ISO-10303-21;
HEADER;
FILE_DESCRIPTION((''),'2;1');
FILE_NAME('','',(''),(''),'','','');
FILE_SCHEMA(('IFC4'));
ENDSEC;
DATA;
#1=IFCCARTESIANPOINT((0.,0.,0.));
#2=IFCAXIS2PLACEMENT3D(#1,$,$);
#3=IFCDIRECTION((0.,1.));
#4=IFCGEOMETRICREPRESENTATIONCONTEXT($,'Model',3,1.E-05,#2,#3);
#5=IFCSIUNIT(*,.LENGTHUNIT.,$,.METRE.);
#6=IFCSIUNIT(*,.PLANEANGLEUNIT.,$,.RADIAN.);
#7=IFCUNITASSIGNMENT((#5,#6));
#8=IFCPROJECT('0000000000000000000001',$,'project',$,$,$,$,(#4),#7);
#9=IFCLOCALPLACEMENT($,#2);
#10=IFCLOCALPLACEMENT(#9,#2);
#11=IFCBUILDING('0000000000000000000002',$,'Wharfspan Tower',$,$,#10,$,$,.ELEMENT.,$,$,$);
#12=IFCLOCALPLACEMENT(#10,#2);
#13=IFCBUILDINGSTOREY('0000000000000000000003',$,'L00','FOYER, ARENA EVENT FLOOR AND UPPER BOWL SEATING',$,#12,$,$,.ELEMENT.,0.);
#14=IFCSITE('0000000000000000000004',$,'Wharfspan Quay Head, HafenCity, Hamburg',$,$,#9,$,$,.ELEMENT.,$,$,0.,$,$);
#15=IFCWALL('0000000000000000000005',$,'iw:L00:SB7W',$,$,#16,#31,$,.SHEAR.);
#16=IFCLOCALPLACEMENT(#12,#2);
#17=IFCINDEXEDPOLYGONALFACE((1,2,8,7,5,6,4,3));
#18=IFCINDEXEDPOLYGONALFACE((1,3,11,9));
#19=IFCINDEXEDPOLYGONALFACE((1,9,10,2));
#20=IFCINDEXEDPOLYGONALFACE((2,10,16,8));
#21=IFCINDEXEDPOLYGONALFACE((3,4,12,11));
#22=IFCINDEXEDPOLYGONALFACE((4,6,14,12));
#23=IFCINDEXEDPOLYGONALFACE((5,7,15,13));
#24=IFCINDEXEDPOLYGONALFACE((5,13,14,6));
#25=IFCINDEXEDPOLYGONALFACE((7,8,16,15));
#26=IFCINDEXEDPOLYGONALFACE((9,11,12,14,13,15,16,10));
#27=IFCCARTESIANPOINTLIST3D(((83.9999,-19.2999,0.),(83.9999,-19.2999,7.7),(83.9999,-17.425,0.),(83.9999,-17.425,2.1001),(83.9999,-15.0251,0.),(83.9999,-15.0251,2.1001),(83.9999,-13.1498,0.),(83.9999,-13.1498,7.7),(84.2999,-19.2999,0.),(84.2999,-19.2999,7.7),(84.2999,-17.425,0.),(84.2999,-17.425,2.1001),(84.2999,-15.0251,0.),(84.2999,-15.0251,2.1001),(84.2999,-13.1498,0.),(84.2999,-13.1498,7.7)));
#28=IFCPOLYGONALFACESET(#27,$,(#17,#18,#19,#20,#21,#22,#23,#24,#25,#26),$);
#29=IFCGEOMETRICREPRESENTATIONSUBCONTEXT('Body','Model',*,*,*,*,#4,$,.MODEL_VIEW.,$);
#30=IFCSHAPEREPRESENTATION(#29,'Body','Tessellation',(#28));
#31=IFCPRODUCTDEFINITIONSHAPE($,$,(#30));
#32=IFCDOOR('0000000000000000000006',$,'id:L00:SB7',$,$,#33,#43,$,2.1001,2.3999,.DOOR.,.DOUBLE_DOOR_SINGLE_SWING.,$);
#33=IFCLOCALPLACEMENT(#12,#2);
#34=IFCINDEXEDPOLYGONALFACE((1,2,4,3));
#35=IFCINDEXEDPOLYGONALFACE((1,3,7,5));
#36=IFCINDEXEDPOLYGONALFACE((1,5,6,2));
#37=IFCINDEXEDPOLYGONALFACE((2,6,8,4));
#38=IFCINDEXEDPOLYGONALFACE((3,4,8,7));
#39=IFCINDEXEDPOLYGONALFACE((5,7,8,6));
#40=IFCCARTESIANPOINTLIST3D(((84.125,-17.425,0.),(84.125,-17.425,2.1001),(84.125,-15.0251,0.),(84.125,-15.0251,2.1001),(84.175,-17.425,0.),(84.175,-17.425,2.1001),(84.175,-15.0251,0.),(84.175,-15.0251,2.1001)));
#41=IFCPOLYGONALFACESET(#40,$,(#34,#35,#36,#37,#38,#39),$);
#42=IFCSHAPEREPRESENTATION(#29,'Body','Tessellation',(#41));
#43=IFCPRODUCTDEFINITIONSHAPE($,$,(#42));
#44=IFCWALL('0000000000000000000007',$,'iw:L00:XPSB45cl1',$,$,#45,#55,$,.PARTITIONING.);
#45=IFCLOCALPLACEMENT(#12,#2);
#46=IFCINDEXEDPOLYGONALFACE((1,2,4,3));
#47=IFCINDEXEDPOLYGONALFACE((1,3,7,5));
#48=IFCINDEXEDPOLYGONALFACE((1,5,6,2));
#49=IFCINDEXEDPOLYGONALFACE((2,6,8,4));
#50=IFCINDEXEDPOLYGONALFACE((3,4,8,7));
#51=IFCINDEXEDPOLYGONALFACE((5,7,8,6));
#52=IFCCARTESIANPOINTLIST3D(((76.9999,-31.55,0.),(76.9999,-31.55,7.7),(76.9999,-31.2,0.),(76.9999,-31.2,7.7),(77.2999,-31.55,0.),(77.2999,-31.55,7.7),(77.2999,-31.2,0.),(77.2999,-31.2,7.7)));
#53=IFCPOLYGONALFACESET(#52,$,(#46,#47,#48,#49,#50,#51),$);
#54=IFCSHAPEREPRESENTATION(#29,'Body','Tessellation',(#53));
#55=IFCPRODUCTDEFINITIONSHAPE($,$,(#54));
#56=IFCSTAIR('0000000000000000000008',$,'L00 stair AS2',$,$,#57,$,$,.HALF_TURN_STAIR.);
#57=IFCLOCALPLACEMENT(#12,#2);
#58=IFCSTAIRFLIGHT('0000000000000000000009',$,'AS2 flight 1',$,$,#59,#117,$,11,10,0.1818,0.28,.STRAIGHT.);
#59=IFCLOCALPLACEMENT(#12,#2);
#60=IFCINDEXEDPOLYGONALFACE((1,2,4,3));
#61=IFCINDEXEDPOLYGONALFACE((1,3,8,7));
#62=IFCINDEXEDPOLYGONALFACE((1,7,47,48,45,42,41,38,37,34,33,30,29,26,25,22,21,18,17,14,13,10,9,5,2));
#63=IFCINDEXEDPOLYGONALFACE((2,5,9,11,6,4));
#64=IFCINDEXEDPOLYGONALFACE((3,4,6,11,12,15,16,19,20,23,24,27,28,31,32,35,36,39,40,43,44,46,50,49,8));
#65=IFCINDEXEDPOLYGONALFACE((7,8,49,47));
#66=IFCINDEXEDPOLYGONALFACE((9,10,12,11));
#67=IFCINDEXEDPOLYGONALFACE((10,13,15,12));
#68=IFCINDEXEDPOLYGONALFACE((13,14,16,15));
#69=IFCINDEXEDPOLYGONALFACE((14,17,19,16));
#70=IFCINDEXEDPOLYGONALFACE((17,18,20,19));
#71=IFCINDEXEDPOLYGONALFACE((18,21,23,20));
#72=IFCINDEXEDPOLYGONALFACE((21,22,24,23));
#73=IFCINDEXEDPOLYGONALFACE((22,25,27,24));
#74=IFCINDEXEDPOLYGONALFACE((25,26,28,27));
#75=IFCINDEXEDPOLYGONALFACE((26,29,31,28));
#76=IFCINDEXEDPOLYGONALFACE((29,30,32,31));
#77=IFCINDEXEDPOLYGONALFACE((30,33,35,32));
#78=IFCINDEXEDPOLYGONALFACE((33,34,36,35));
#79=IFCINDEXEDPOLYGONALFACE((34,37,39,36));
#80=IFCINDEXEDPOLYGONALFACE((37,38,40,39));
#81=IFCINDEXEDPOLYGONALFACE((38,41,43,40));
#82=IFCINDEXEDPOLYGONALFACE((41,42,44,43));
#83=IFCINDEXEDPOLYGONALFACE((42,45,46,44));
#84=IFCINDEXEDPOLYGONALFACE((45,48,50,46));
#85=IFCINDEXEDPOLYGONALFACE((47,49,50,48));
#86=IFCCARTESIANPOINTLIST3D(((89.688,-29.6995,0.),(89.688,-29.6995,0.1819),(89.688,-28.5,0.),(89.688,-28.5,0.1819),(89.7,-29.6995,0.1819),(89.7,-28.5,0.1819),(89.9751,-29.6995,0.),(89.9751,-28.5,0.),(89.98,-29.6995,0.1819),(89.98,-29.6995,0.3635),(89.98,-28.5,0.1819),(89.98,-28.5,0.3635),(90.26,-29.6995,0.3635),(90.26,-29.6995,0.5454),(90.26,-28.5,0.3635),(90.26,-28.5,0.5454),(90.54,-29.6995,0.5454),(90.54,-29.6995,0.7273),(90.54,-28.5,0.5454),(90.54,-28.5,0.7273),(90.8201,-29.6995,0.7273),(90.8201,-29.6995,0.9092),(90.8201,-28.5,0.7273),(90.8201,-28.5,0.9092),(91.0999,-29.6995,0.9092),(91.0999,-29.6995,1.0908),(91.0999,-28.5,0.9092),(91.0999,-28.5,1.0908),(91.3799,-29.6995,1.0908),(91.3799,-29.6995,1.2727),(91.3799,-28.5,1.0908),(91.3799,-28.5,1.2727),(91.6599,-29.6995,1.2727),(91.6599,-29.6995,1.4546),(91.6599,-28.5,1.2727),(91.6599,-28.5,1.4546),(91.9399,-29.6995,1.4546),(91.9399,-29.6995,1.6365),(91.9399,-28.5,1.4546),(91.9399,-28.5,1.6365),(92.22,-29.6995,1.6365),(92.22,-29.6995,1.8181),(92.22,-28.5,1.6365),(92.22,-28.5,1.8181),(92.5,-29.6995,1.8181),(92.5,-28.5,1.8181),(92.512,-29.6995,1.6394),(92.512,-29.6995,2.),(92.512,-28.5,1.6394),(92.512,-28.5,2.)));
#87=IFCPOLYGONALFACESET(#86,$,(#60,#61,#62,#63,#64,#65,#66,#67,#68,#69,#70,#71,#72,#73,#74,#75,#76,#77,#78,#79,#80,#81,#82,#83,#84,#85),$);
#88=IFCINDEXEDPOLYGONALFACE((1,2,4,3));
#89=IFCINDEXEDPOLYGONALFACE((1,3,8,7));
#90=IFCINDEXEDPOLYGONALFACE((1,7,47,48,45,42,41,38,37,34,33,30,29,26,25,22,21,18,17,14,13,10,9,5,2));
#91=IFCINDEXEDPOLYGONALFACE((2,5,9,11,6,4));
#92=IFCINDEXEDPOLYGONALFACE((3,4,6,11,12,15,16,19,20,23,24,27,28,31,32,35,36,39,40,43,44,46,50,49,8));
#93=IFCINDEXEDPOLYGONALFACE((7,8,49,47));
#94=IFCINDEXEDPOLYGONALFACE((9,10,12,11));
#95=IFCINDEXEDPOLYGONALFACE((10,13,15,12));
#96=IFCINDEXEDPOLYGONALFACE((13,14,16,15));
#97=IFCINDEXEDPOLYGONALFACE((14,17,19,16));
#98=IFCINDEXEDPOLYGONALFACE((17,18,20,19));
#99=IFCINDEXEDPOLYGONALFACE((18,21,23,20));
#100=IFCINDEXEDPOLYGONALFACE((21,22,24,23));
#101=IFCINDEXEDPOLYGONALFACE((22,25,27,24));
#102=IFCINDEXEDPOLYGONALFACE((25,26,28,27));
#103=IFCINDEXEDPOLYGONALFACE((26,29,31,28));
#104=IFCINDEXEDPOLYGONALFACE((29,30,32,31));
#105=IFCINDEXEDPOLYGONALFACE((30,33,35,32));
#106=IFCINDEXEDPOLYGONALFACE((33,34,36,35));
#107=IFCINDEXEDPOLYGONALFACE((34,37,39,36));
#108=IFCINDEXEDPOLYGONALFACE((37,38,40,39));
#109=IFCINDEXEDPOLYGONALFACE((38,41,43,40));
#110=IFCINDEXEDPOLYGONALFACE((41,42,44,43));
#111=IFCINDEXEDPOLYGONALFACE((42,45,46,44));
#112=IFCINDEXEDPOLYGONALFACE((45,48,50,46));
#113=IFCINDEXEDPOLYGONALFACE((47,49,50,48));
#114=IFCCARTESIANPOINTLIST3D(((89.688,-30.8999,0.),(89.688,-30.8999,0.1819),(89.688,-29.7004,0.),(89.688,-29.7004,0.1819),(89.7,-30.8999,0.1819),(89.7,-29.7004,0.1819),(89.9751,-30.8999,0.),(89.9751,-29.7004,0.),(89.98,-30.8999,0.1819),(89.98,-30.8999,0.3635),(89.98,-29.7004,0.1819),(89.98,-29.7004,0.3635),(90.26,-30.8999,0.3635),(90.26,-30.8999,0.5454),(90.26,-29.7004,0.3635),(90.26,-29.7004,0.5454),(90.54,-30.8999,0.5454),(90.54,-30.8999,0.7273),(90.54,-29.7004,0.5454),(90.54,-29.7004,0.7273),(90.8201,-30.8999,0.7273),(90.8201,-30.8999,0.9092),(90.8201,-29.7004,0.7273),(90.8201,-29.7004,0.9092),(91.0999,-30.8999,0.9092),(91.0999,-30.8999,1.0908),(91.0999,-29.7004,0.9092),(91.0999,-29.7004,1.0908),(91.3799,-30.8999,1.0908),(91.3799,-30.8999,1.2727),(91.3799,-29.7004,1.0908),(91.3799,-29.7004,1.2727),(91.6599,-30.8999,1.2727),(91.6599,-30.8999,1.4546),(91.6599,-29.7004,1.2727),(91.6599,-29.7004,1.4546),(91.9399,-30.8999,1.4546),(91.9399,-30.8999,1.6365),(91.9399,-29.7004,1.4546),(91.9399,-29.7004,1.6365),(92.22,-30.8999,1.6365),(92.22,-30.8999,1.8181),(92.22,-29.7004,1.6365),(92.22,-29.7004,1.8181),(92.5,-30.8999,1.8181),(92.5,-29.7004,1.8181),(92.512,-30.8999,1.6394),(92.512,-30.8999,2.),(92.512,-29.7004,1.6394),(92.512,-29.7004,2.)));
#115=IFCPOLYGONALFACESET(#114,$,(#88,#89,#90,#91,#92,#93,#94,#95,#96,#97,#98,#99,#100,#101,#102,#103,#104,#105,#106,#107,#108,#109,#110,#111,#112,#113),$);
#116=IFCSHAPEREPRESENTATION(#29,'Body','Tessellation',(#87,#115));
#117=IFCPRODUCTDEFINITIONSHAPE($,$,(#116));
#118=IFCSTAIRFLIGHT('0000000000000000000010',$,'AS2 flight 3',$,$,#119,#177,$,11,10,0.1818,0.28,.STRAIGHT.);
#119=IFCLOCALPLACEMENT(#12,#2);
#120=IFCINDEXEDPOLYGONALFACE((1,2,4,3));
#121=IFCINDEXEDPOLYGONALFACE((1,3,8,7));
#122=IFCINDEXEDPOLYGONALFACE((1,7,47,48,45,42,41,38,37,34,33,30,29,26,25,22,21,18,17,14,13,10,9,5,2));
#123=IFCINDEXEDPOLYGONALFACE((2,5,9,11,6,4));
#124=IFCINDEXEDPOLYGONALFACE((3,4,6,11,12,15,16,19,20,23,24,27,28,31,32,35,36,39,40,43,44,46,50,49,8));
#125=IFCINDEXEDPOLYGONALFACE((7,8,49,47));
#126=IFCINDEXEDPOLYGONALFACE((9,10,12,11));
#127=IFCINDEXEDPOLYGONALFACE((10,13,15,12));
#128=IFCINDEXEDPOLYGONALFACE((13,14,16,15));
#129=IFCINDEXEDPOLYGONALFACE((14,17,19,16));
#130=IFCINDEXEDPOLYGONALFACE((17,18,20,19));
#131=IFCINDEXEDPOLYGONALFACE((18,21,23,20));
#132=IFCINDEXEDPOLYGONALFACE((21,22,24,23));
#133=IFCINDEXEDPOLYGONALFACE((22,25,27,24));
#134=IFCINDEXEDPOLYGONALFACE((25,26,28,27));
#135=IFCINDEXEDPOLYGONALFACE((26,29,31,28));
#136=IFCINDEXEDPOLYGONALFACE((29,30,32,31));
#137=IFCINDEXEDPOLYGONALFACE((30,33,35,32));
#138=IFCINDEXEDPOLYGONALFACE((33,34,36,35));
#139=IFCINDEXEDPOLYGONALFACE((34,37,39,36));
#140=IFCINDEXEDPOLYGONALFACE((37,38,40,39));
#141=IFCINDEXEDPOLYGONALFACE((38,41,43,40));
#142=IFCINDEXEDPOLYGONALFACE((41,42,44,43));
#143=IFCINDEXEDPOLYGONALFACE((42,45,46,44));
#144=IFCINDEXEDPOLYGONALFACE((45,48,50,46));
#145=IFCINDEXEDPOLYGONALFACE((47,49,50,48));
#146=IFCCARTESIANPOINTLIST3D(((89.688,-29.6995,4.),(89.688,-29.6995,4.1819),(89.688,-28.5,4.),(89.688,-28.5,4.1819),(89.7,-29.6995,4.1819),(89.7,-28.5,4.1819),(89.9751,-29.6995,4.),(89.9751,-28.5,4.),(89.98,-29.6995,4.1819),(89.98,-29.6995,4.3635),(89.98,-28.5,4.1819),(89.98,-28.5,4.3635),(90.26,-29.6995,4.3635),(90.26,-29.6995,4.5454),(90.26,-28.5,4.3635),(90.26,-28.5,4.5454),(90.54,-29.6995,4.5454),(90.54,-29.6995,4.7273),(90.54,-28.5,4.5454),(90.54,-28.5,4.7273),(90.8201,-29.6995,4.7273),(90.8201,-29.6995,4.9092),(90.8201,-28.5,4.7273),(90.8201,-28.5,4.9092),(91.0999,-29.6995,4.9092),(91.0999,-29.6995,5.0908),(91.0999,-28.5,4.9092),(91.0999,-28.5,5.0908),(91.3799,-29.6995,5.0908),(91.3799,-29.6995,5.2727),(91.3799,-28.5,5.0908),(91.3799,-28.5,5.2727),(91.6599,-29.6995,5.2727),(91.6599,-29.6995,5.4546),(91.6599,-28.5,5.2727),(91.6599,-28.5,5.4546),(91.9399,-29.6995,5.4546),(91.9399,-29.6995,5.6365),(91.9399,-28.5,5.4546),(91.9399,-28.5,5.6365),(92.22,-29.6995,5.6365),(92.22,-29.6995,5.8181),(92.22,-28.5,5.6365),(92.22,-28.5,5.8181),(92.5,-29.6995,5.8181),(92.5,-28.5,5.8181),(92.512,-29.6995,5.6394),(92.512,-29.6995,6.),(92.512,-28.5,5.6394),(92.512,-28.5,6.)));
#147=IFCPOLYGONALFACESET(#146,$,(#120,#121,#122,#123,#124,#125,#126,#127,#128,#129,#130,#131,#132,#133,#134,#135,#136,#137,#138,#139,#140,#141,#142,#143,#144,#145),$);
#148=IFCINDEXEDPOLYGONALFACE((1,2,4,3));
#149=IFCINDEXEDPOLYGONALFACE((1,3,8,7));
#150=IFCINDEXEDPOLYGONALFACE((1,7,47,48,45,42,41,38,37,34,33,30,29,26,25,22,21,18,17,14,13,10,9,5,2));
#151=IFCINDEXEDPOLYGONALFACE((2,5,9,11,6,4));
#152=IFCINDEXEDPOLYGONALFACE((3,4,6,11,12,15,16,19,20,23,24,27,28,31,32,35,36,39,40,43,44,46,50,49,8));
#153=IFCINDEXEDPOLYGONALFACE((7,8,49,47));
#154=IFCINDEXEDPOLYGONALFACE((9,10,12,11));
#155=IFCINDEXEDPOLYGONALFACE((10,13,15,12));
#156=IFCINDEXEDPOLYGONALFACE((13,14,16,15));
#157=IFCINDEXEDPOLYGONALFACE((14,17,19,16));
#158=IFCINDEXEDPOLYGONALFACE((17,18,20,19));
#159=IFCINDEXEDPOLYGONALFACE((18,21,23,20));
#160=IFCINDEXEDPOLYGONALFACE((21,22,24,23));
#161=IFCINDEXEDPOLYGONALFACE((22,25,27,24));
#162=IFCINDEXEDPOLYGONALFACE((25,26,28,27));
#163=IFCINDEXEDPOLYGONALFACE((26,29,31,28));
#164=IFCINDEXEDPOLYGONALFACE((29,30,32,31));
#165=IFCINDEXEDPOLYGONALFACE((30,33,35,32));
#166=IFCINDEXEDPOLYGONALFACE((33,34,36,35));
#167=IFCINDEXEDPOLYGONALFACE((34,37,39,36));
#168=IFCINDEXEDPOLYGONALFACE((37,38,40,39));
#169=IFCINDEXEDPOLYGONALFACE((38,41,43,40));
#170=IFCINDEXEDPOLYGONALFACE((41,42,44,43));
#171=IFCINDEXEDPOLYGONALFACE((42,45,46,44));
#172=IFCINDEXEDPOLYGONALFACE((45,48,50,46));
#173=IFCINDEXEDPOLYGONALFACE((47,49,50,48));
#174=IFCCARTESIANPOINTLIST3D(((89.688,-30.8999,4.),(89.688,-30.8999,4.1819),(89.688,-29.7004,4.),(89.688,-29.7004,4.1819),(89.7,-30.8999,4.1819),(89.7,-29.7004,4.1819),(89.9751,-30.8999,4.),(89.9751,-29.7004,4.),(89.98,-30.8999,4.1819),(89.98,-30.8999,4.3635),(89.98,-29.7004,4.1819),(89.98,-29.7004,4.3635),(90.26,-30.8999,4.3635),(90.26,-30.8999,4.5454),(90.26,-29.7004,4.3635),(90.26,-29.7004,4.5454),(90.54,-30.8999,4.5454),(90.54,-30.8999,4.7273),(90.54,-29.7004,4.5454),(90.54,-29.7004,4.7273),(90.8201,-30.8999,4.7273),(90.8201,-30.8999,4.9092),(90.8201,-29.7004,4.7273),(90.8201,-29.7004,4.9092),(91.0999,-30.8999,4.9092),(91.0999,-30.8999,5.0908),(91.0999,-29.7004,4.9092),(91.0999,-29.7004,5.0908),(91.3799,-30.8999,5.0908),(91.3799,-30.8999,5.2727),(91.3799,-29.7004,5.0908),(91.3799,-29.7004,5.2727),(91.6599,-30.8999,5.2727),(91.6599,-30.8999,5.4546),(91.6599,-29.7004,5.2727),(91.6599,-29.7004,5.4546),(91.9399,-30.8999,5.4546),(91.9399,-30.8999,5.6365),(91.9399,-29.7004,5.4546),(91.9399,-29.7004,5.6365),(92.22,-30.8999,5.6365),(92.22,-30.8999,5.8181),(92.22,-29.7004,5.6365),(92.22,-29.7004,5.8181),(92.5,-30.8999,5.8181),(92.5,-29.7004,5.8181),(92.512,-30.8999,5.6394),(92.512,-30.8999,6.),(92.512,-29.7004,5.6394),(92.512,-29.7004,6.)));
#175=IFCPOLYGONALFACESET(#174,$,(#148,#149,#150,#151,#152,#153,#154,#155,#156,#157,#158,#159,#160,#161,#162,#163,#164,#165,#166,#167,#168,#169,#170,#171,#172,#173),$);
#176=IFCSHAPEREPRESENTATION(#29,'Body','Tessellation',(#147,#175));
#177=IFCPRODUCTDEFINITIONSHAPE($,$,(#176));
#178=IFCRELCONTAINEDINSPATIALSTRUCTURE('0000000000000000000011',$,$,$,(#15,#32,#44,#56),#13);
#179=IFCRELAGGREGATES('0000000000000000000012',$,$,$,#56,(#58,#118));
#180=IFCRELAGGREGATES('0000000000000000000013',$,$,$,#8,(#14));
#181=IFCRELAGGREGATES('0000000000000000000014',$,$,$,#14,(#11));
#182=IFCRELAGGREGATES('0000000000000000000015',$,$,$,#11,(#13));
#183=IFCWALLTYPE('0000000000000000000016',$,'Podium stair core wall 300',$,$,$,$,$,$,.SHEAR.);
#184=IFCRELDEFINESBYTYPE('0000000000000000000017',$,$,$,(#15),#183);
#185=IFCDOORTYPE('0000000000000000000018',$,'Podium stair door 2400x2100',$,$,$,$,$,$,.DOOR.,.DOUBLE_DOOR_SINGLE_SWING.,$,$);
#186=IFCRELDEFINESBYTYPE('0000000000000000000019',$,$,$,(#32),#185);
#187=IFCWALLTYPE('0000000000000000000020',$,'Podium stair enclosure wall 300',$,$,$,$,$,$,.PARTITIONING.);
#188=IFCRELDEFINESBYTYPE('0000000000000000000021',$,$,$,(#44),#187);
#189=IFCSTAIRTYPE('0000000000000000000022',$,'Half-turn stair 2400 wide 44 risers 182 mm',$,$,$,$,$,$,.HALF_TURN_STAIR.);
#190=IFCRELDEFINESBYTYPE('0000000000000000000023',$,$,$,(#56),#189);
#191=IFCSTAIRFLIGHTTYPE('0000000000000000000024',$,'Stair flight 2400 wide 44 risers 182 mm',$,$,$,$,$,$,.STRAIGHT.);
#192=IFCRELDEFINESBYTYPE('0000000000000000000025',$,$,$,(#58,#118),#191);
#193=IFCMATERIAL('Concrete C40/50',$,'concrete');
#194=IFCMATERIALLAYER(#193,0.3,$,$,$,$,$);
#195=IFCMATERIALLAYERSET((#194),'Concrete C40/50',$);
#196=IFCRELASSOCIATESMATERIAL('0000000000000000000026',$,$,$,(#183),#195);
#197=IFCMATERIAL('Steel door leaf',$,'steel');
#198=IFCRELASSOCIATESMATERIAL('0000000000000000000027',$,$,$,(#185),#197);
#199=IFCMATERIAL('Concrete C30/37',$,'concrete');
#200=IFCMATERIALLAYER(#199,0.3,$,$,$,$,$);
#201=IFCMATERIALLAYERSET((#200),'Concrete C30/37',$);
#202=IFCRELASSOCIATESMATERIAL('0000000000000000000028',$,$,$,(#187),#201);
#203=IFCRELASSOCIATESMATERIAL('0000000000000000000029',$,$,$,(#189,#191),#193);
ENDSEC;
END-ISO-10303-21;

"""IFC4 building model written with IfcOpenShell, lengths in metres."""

from ifc_helpers import new_model, si_unit, direction, frame, frame_2d, origin, place, context, subcontext, project, spatial, polyline, rectangle, outline, extrude, material, layer, layer_set, type_object, element, fill, aggregate, save


model = new_model("IFC4")

# Units and contexts
model_context = context("Model", 3, precision=1e-05, world=origin(), true_north=direction((0.0, 1.0)))
body_context = subcontext(model_context, "Body", "Model", "MODEL_VIEW")
ifc_project = project(units=[si_unit("LENGTHUNIT", "METRE"), si_unit("PLANEANGLEUNIT", "RADIAN")], contexts=[model_context])

# Site, building, storey
site_placement = place(None, origin())
site = spatial("IfcSite", under=ifc_project, at=site_placement, Name="Wharfspan Quay Head, HafenCity, Hamburg", CompositionType="ELEMENT", RefElevation=0.0)
building_placement = place(site_placement, origin())
building = spatial("IfcBuilding", under=site, at=building_placement, Name="Wharfspan Tower", CompositionType="ELEMENT")
storey_placement = place(building_placement, origin())
storey = spatial("IfcBuildingStorey", under=building, at=storey_placement, Name="L00", Description="FOYER, ARENA EVENT FLOOR AND UPPER BOWL SEATING", CompositionType="ELEMENT", Elevation=0.0)

# Shared definitions
ifc_material_1 = material(Name="Concrete C40/50", Category="concrete")
ifc_layer_1 = layer(ifc_material_1, 0.3)
ifc_layer_set_1 = layer_set([ifc_layer_1], Name="Concrete C40/50")
wall_type_1 = type_object("IfcWallType", Name="Podium stair core wall 300", PredefinedType="SHEAR", material=ifc_layer_set_1)

# Shared definitions
ifc_material_2 = material(Name="Steel door leaf", Category="steel")
door_type = type_object("IfcDoorType", Name="Podium stair door 2400x2100", OperationType="DOUBLE_DOOR_SINGLE_SWING", PredefinedType="DOOR", material=ifc_material_2)

# Wall, opening, door
wall_1_placement = place(storey_placement, frame((84.1499, -19.3, 0.0), z_axis=(0.0, 0.0, 1.0), x_axis=(0.0, 1.0, 0.0)))
wall_1 = element("IfcWall", 1, at=wall_1_placement, inside=storey, type_object=wall_type_1, Name="iw:L00:SB7W", PredefinedType="SHEAR", context=body_context, shape_type="SweptSolid", body=[
    extrude(rectangle(XDim=6.1501, YDim=0.3, at=frame_2d((3.0752, 0.0))), origin(), (0.0, 0.0, 1.0), 7.7),
])
opening_1_placement = place(wall_1_placement, frame((1.875, 0.0, 0.0)))
opening_1 = element("IfcOpeningElement", 2, at=opening_1_placement, cuts=wall_1, PredefinedType="OPENING", context=body_context, shape_type="SweptSolid", body=[
    extrude(rectangle(XDim=2.3999, YDim=2.1001, at=frame_2d((1.2, 1.05))), frame((0.0, 0.1599, 0.0), z_axis=(0.0, -1.0, 0.0), x_axis=(1.0, 0.0, 0.0)), (0.0, 0.0, 1.0), 0.3201),
])
door_1_placement = place(opening_1_placement, origin())
door_1 = element("IfcDoor", 3, at=door_1_placement, inside=storey, type_object=door_type, Name="id:L00:SB7", OperationType="DOUBLE_DOOR_SINGLE_SWING", OverallHeight=2.1001, OverallWidth=2.3999, PredefinedType="DOOR", context=body_context, shape_type="SweptSolid", body=[
    extrude(rectangle(XDim=2.3999, YDim=2.1001, at=frame_2d((1.2, 1.05))), frame((0.0, 0.0249, 0.0), z_axis=(0.0, -1.0, 0.0), x_axis=(1.0, 0.0, 0.0)), (0.0, 0.0, 1.0), 0.05),
])
fill(opening_1, door_1)

# Wall
ifc_material_3 = material(Name="Concrete C30/37", Category="concrete")
ifc_layer_2 = layer(ifc_material_3, 0.3)
ifc_layer_set_2 = layer_set([ifc_layer_2], Name="Concrete C30/37")
wall_type_2 = type_object("IfcWallType", Name="Podium stair enclosure wall 300", PredefinedType="PARTITIONING", material=ifc_layer_set_2)
wall_2_placement = place(storey_placement, frame((77.1499, -31.55, 0.0), z_axis=(0.0, 0.0, 1.0), x_axis=(0.0, 1.0, 0.0)))
element("IfcWall", 4, at=wall_2_placement, inside=storey, type_object=wall_type_2, Name="iw:L00:XPSB45cl1", PredefinedType="PARTITIONING", context=body_context, shape_type="SweptSolid", body=[
    extrude(rectangle(XDim=0.3501, YDim=0.3, at=frame_2d((0.175, 0.0))), origin(), (0.0, 0.0, 1.0), 7.7),
])

# Stair, stair flights
stair_type = type_object("IfcStairType", Name="Half-turn stair 2400 wide 44 risers 182 mm", PredefinedType="HALF_TURN_STAIR", material=ifc_material_1)
stair_placement = place(storey_placement, origin())
stair = element("IfcStair", 5, at=stair_placement, inside=storey, type_object=stair_type, Name="L00 stair AS2", PredefinedType="HALF_TURN_STAIR")
stair_flight_type = type_object("IfcStairFlightType", Name="Stair flight 2400 wide 44 risers 182 mm", PredefinedType="STRAIGHT", material=ifc_material_1)
stair_flight_1_placement = place(storey_placement, frame((89.7, -29.7, 0.0), z_axis=(0.0, 0.0, 1.0), x_axis=(1.0, 0.0, 0.0)))
stair_flight_1 = element("IfcStairFlight", 6, at=stair_flight_1_placement, type_object=stair_flight_type, Name="AS2 flight 1", NumberOfRisers=11, NumberOfTreads=10, PredefinedType="STRAIGHT", RiserHeight=0.1818, TreadLength=0.28, context=body_context, shape_type="SweptSolid", body=[
    extrude(outline(polyline([(-0.012, 0.0), (-0.012, 0.1819), (0.0, 0.1819), (0.28, 0.1819), (0.28, 0.3635), (0.5601, 0.3635), (0.5601, 0.5454), (0.8401, 0.5454), (0.8401, 0.7273), (1.1201, 0.7273), (1.1201, 0.9092), (1.3999, 0.9092), (1.3999, 1.0908), (1.6799, 1.0908), (1.6799, 1.2727), (1.96, 1.2727), (1.96, 1.4546), (2.24, 1.4546), (2.24, 1.6365), (2.52, 1.6365), (2.52, 1.8181), (2.8, 1.8181), (2.812, 2.0), (2.812, 1.6394), (0.2751, 0.0), (-0.012, 0.0)])), frame((0.0, 1.2, 0.0), z_axis=(0.0, -1.0, 0.0), x_axis=(1.0, 0.0, 0.0)), (0.0, 0.0, 1.0), 1.1995),
    extrude(outline(polyline([(-0.012, 0.0), (-0.012, 0.1819), (0.0, 0.1819), (0.28, 0.1819), (0.28, 0.3635), (0.5601, 0.3635), (0.5601, 0.5454), (0.8401, 0.5454), (0.8401, 0.7273), (1.1201, 0.7273), (1.1201, 0.9092), (1.3999, 0.9092), (1.3999, 1.0908), (1.6799, 1.0908), (1.6799, 1.2727), (1.96, 1.2727), (1.96, 1.4546), (2.24, 1.4546), (2.24, 1.6365), (2.52, 1.6365), (2.52, 1.8181), (2.8, 1.8181), (2.812, 2.0), (2.812, 1.6394), (0.2751, 0.0), (-0.012, 0.0)])), frame((0.0, -0.0005, 0.0), z_axis=(0.0, -1.0, 0.0), x_axis=(1.0, 0.0, 0.0)), (0.0, 0.0, 1.0), 1.1995),
])
stair_flight_2_placement = place(storey_placement, frame((89.7, -29.7, 4.0), z_axis=(0.0, 0.0, 1.0), x_axis=(1.0, 0.0, 0.0)))
stair_flight_2 = element("IfcStairFlight", 7, at=stair_flight_2_placement, type_object=stair_flight_type, Name="AS2 flight 3", NumberOfRisers=11, NumberOfTreads=10, PredefinedType="STRAIGHT", RiserHeight=0.1818, TreadLength=0.28, context=body_context, shape_type="SweptSolid", body=[
    extrude(outline(polyline([(-0.012, 0.0), (-0.012, 0.1819), (0.0, 0.1819), (0.28, 0.1819), (0.28, 0.3635), (0.5601, 0.3635), (0.5601, 0.5454), (0.8401, 0.5454), (0.8401, 0.7273), (1.1201, 0.7273), (1.1201, 0.9092), (1.3999, 0.9092), (1.3999, 1.0908), (1.6799, 1.0908), (1.6799, 1.2727), (1.96, 1.2727), (1.96, 1.4546), (2.24, 1.4546), (2.24, 1.6365), (2.52, 1.6365), (2.52, 1.8181), (2.8, 1.8181), (2.812, 2.0), (2.812, 1.6394), (0.2751, 0.0), (-0.012, 0.0)])), frame((0.0, 1.2, 0.0), z_axis=(0.0, -1.0, 0.0), x_axis=(1.0, 0.0, 0.0)), (0.0, 0.0, 1.0), 1.1995),
    extrude(outline(polyline([(-0.012, 0.0), (-0.012, 0.1819), (0.0, 0.1819), (0.28, 0.1819), (0.28, 0.3635), (0.5601, 0.3635), (0.5601, 0.5454), (0.8401, 0.5454), (0.8401, 0.7273), (1.1201, 0.7273), (1.1201, 0.9092), (1.3999, 0.9092), (1.3999, 1.0908), (1.6799, 1.0908), (1.6799, 1.2727), (1.96, 1.2727), (1.96, 1.4546), (2.24, 1.4546), (2.24, 1.6365), (2.52, 1.6365), (2.52, 1.8181), (2.8, 1.8181), (2.812, 2.0), (2.812, 1.6394), (0.2751, 0.0), (-0.012, 0.0)])), frame((0.0, -0.0005, 0.0), z_axis=(0.0, -1.0, 0.0), x_axis=(1.0, 0.0, 0.0)), (0.0, 0.0, 1.0), 1.1995),
])
aggregate(stair, [stair_flight_1, stair_flight_2])

save(model, "model.ifc")
